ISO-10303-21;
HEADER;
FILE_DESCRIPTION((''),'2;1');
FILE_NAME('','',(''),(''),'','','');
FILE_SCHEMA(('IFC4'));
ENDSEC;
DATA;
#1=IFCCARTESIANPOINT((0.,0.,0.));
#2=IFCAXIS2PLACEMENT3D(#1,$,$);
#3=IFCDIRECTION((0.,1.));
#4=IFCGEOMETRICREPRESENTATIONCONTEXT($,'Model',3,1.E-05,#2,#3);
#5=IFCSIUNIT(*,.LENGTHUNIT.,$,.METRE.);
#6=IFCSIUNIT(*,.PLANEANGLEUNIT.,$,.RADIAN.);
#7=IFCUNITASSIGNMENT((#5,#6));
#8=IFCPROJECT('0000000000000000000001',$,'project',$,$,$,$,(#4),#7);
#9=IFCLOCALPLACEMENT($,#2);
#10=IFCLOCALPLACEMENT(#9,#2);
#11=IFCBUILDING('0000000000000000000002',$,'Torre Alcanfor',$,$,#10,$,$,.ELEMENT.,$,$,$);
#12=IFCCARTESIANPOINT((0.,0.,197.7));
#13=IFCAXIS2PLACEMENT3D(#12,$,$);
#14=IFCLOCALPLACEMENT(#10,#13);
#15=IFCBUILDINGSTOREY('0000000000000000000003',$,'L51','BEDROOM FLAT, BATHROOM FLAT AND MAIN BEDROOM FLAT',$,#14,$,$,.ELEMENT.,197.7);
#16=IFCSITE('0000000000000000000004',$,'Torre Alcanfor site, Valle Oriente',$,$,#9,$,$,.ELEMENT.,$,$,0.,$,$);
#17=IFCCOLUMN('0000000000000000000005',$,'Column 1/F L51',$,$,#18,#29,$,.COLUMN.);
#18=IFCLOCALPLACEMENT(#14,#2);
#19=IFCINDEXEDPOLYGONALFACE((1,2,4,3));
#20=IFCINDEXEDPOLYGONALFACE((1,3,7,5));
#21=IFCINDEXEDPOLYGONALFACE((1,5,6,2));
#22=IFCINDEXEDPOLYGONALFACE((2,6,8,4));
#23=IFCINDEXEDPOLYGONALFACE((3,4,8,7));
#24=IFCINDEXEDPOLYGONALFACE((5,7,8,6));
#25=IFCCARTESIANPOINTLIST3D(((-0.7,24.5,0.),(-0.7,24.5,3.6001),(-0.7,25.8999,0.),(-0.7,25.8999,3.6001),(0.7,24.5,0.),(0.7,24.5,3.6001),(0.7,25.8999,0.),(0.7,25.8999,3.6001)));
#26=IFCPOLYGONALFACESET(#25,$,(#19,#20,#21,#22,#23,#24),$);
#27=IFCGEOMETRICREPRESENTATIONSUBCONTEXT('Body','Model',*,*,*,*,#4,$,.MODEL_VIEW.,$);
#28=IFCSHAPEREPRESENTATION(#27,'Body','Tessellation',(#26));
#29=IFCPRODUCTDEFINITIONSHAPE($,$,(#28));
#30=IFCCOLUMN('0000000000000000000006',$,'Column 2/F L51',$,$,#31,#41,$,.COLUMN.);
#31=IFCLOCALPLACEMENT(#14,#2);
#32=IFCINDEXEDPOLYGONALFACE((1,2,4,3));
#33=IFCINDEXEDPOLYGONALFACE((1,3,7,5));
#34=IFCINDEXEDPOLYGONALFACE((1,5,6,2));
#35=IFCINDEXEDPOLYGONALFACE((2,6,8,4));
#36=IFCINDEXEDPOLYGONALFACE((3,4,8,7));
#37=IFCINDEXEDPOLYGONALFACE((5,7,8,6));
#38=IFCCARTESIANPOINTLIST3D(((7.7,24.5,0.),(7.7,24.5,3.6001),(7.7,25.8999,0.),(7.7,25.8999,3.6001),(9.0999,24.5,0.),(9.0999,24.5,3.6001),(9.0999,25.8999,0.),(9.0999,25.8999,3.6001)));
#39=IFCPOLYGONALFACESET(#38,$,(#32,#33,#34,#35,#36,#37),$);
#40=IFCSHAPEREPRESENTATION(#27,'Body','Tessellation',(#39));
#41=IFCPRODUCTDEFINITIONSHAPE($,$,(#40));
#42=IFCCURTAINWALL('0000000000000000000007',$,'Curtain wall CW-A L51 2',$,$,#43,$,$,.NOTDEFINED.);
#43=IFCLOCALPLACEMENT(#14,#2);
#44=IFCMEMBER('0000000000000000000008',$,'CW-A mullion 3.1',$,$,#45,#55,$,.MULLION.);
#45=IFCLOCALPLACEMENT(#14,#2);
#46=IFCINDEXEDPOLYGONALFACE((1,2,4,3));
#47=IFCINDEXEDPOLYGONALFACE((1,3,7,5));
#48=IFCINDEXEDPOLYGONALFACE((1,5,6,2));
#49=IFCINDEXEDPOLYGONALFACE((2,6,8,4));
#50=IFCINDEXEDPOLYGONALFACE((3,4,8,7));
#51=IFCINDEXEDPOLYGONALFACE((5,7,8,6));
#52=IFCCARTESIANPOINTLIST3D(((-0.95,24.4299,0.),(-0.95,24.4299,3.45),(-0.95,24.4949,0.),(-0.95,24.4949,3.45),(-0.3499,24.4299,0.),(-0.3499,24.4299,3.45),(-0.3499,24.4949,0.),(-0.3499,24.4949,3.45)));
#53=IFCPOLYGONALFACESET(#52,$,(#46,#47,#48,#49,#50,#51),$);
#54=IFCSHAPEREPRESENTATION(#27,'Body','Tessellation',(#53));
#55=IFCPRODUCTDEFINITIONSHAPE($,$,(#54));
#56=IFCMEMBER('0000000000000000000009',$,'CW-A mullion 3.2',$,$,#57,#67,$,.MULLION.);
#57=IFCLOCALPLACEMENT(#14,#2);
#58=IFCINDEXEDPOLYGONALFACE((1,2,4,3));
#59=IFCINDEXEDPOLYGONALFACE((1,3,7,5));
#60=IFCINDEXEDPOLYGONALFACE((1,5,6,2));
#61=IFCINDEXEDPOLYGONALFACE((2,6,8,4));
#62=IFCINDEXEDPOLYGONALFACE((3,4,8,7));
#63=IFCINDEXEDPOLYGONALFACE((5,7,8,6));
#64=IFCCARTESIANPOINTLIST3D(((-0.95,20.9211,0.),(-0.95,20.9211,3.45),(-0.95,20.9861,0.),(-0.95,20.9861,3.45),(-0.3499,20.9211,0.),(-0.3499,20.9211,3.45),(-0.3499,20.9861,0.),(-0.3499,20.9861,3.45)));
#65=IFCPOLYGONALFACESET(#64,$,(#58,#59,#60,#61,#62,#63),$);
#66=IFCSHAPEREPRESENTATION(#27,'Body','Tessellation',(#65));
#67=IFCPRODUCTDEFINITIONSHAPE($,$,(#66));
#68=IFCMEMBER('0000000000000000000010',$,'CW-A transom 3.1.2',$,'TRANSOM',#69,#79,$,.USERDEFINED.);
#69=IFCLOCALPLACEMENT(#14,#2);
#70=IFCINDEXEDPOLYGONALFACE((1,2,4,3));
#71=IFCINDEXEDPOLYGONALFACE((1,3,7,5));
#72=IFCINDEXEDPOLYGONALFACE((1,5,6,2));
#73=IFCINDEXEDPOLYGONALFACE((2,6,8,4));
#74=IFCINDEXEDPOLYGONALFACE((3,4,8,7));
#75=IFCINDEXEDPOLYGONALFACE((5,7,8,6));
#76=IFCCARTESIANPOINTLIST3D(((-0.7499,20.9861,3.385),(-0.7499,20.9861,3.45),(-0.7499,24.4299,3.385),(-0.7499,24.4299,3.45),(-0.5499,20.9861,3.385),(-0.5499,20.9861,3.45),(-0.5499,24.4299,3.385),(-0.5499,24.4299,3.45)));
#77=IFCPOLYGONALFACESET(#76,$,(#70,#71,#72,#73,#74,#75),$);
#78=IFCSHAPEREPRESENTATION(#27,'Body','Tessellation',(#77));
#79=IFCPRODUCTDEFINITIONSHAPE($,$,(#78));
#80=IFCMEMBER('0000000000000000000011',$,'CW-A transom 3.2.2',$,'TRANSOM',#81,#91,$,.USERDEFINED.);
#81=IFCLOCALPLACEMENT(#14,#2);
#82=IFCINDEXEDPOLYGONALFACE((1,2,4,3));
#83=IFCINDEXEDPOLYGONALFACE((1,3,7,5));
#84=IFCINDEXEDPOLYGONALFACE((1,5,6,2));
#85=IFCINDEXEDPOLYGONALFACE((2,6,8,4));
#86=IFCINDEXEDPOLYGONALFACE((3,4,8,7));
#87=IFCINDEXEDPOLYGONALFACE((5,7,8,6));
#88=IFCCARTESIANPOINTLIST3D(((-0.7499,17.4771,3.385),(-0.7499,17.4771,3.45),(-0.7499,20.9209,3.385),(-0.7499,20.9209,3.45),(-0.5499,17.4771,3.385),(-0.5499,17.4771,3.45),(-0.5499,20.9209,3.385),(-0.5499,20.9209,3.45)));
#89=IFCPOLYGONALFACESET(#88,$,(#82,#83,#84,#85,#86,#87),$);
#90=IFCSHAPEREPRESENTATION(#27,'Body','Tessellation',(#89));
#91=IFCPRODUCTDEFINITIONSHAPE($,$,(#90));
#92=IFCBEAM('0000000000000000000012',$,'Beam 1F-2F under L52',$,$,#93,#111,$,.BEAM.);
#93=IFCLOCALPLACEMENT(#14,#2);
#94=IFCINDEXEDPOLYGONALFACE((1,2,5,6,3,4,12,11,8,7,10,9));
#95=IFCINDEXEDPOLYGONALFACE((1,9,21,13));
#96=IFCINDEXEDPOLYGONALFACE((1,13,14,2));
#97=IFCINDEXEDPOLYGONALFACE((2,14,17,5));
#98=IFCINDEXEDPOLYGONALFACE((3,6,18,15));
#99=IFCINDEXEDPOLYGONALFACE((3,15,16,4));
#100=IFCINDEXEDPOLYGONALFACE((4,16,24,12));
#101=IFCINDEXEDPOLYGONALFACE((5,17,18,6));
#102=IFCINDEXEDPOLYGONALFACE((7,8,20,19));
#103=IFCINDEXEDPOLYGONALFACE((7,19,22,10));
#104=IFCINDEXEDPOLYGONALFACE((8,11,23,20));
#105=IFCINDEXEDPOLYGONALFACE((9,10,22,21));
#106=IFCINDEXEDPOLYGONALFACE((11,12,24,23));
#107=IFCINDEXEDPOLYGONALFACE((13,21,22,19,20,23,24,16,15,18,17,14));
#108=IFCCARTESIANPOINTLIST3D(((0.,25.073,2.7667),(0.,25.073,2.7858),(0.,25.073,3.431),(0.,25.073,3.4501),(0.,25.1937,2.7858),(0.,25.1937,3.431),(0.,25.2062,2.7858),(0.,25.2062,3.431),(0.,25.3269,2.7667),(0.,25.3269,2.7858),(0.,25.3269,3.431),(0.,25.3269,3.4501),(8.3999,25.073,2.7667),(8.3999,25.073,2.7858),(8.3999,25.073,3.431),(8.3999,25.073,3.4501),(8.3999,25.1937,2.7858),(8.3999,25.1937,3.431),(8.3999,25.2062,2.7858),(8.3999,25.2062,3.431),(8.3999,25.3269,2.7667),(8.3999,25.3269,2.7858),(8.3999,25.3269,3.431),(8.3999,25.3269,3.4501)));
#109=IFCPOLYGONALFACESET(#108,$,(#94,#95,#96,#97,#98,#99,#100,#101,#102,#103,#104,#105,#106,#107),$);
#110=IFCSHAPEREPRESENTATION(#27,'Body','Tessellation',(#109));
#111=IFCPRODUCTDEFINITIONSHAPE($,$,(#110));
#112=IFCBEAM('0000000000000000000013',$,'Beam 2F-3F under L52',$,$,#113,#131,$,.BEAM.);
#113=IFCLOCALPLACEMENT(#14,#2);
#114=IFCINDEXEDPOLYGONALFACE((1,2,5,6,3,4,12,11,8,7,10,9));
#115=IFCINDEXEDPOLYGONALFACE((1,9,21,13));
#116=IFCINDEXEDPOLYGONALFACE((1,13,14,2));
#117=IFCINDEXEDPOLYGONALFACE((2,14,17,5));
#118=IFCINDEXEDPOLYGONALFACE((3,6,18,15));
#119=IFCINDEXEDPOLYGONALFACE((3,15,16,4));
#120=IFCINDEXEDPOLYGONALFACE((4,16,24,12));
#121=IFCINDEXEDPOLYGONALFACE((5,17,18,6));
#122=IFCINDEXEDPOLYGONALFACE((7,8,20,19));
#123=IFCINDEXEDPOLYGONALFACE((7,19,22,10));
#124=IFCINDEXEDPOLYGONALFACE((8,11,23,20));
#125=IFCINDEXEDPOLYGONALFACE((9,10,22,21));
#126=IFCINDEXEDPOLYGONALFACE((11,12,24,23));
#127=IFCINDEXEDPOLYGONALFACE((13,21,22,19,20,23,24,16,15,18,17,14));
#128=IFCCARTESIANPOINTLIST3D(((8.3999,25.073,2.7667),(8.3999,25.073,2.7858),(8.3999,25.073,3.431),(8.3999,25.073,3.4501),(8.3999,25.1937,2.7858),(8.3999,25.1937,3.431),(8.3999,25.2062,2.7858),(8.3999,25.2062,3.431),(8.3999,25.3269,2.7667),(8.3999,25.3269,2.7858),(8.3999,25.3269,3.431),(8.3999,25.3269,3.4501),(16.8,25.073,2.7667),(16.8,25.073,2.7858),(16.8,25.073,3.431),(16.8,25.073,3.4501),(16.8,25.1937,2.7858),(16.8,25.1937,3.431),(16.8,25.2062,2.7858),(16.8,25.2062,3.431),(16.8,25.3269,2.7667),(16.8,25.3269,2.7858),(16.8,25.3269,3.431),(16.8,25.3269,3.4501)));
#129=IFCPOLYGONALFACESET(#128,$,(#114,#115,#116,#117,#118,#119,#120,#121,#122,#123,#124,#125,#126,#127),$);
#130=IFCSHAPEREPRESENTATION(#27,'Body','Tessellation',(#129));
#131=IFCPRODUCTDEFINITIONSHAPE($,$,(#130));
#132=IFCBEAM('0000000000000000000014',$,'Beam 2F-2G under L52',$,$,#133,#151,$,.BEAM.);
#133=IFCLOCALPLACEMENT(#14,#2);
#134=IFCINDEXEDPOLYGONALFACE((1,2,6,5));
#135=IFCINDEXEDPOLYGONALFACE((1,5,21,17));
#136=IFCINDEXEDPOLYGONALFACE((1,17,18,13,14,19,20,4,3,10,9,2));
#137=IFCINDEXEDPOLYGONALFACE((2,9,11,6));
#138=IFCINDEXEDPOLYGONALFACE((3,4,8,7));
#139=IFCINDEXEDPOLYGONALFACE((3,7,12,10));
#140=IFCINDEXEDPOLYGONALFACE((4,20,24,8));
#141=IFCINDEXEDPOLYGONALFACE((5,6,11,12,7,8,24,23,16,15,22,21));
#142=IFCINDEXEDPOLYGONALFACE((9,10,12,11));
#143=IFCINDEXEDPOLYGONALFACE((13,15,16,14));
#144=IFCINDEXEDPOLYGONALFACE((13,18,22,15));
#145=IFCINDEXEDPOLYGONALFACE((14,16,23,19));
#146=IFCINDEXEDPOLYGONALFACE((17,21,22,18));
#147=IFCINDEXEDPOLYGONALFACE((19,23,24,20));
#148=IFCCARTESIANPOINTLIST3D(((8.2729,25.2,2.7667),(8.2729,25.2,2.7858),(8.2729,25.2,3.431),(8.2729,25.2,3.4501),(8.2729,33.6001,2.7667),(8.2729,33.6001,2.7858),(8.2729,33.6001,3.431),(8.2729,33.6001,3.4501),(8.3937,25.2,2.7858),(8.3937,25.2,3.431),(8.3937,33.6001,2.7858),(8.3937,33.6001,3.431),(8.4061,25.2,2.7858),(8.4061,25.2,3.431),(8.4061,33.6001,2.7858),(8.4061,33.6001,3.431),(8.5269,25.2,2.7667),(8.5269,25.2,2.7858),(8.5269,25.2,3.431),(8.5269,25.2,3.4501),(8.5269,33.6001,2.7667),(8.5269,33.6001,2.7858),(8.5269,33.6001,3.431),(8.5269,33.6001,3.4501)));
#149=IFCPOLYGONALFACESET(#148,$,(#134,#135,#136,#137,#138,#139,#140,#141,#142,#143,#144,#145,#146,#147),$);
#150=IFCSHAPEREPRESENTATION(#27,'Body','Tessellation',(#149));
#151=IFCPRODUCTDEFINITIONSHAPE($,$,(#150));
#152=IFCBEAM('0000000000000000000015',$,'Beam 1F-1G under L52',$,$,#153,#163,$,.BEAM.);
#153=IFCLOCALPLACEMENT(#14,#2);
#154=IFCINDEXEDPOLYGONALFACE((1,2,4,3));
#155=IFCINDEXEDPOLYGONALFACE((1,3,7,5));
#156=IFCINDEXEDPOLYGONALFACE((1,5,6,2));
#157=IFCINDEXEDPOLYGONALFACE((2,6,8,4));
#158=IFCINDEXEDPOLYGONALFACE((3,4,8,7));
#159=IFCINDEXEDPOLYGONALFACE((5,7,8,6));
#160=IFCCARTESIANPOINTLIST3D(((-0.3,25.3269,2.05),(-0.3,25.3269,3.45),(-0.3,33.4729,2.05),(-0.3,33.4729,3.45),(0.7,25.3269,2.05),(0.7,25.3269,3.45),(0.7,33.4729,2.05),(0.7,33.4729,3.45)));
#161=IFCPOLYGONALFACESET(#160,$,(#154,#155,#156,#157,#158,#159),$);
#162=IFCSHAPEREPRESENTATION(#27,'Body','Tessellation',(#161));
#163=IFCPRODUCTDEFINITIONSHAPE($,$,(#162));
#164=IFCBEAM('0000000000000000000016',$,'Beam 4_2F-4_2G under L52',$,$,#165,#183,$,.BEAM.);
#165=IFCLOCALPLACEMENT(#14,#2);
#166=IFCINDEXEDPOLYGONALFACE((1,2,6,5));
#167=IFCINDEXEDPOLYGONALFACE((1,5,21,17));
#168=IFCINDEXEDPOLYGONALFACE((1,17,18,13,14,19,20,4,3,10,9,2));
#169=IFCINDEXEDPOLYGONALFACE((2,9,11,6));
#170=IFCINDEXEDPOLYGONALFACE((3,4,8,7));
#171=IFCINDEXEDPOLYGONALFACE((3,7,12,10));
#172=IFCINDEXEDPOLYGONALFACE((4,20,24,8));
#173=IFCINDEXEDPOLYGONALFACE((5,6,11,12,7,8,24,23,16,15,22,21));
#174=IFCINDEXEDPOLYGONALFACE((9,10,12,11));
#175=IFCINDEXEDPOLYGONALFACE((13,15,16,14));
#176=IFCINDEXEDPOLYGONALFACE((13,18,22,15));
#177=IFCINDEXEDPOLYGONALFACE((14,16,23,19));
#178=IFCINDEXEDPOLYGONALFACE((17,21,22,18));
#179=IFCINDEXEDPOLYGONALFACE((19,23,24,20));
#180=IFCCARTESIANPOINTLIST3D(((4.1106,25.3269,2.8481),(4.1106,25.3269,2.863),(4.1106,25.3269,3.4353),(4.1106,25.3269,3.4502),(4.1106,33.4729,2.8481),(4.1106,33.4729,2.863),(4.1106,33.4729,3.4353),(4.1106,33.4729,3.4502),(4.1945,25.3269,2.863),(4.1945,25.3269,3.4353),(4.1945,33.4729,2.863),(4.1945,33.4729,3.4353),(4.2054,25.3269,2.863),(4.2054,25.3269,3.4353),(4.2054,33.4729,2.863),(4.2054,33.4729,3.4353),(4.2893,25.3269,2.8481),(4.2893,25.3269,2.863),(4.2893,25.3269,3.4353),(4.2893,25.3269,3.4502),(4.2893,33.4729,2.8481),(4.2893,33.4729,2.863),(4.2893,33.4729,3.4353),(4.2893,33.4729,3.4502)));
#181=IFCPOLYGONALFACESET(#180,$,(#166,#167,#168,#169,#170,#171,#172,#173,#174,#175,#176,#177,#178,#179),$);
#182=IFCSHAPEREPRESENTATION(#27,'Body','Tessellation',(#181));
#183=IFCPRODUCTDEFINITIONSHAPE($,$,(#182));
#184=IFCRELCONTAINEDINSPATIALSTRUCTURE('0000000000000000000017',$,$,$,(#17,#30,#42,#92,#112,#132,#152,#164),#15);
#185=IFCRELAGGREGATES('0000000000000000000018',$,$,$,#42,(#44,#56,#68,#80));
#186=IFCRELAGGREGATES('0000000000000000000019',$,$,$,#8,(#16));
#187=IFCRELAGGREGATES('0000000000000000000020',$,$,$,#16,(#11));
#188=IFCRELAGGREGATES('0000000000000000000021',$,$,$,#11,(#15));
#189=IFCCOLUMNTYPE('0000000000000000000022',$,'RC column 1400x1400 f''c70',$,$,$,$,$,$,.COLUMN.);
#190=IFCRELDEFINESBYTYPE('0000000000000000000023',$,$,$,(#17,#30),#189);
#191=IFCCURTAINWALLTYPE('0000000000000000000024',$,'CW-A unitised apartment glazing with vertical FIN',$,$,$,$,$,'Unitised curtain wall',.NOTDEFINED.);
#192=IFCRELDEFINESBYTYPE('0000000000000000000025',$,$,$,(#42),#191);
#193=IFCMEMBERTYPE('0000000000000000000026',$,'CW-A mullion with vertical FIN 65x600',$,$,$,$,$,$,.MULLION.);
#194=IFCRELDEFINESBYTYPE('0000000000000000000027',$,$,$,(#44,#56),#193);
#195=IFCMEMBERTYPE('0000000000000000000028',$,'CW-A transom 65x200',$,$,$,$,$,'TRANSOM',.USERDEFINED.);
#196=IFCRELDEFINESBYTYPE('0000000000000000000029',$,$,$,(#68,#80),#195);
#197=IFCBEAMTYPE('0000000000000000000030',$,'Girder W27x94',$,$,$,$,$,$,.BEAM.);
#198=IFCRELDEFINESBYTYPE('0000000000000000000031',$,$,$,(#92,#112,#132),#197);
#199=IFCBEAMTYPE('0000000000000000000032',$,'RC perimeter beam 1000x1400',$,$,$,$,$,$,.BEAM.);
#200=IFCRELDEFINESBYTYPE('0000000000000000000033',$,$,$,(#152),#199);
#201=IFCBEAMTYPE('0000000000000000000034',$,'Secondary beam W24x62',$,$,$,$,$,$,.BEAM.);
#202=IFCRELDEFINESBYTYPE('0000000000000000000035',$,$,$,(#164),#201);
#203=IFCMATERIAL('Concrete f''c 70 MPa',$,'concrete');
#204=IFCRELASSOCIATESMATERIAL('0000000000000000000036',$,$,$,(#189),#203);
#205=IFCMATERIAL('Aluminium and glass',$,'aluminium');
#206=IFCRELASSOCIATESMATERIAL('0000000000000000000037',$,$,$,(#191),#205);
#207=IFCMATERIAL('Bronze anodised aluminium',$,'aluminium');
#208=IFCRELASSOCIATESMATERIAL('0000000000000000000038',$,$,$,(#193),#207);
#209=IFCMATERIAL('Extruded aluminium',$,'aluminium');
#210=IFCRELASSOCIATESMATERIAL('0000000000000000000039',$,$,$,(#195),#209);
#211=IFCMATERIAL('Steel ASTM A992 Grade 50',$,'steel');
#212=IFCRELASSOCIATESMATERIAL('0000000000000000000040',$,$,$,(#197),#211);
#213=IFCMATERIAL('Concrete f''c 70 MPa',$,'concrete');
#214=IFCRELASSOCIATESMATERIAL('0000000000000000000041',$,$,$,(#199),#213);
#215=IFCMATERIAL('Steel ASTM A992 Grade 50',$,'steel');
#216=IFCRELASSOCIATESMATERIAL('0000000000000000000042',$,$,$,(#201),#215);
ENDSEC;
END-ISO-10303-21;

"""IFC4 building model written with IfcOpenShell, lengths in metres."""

from ifc_helpers import new_model, si_unit, direction, frame, origin, origin_2d, place, context, subcontext, project, spatial, rectangle, i_section, extrude, material, material_profile, profile_set, type_object, element, aggregate, save


model = new_model("IFC4")

# Units and contexts
model_context = context("Model", 3, precision=1e-05, world=origin(), true_north=direction((0.0, 1.0)))
body_context = subcontext(model_context, "Body", "Model", "MODEL_VIEW")
ifc_project = project(units=[si_unit("LENGTHUNIT", "METRE"), si_unit("PLANEANGLEUNIT", "RADIAN")], contexts=[model_context])

# Site, building, storey
site_placement = place(None, origin())
site = spatial("IfcSite", under=ifc_project, at=site_placement, Name="Torre Alcanfor site, Valle Oriente", CompositionType="ELEMENT", RefElevation=0.0)
building_placement = place(site_placement, origin())
building = spatial("IfcBuilding", under=site, at=building_placement, Name="Torre Alcanfor", CompositionType="ELEMENT")
storey_placement = place(building_placement, frame((0.0, 0.0, 197.7)))
storey = spatial("IfcBuildingStorey", under=building, at=storey_placement, Name="L51", Description="BEDROOM FLAT, BATHROOM FLAT AND MAIN BEDROOM FLAT", CompositionType="ELEMENT", Elevation=197.7)

# Columns
ifc_material_1 = material(Name="Concrete f'c 70 MPa", Category="concrete")
ifc_material_profile_1 = material_profile(ifc_material_1, rectangle(XDim=1.3999, YDim=1.3999, at=origin_2d()), Name="1400x1400")
ifc_profile_set_1 = profile_set([ifc_material_profile_1], Name="Concrete f'c 70 MPa")
column_type = type_object("IfcColumnType", Name="RC column 1400x1400 f'c70", PredefinedType="COLUMN", material=ifc_profile_set_1)
for number, where, z_axis, x_axis, name in (
    (1, (0.0, 25.2, 0.0), (0.0, 0.0, 1.0), (1.0, 0.0, 0.0), "Column 1/F L51"),
    (2, (8.3999, 25.2, 0.0), (0.0, 0.0, 1.0), (1.0, 0.0, 0.0), "Column 2/F L51"),
):
    element("IfcColumn", number, at=place(storey_placement, frame(where, z_axis=z_axis, x_axis=x_axis)), inside=storey, type_object=column_type, Name=name, PredefinedType="COLUMN", context=body_context, shape_type="SweptSolid", body=[
        extrude(rectangle(XDim=1.3999, YDim=1.3999, at=origin_2d()), origin(), (0.0, 0.0, 1.0), 3.6001),
    ])

# Curtain wall, members
ifc_material_2 = material(Name="Aluminium and glass", Category="aluminium")
curtain_wall_type = type_object("IfcCurtainWallType", Name="CW-A unitised apartment glazing with vertical FIN", ElementType="Unitised curtain wall", PredefinedType="NOTDEFINED", material=ifc_material_2)
curtain_wall_placement = place(storey_placement, origin())
curtain_wall = element("IfcCurtainWall", 3, at=curtain_wall_placement, inside=storey, type_object=curtain_wall_type, Name="Curtain wall CW-A L51 2", PredefinedType="NOTDEFINED")
ifc_material_3 = material(Name="Bronze anodised aluminium", Category="aluminium")
ifc_material_profile_2 = material_profile(ifc_material_3, rectangle(XDim=0.6001, YDim=0.0649, at=origin_2d()), Name="CW-A mullion 65x600")
ifc_profile_set_2 = profile_set([ifc_material_profile_2], Name="Bronze anodised aluminium")
member_type_1 = type_object("IfcMemberType", Name="CW-A mullion with vertical FIN 65x600", PredefinedType="MULLION", material=ifc_profile_set_2)
member_1_placement = place(storey_placement, frame((-0.6499, 24.4624, 0.0), z_axis=(0.0, 0.0, 1.0), x_axis=(1.0, 0.0, 0.0)))
member_1 = element("IfcMember", 4, at=member_1_placement, type_object=member_type_1, Name="CW-A mullion 3.1", PredefinedType="MULLION", context=body_context, shape_type="SweptSolid", body=[
    extrude(rectangle(XDim=0.6001, YDim=0.0649, at=origin_2d()), origin(), (0.0, 0.0, 1.0), 3.45),
])
member_2_placement = place(storey_placement, frame((-0.6499, 20.9536, 0.0), z_axis=(0.0, 0.0, 1.0), x_axis=(1.0, 0.0, 0.0)))
member_2 = element("IfcMember", 5, at=member_2_placement, type_object=member_type_1, Name="CW-A mullion 3.2", PredefinedType="MULLION", context=body_context, shape_type="SweptSolid", body=[
    extrude(rectangle(XDim=0.6001, YDim=0.0649, at=origin_2d()), origin(), (0.0, 0.0, 1.0), 3.45),
])
ifc_material_4 = material(Name="Extruded aluminium", Category="aluminium")
ifc_material_profile_3 = material_profile(ifc_material_4, rectangle(XDim=0.2, YDim=0.0649, at=origin_2d()), Name="CW-A transom 200x65")
ifc_profile_set_3 = profile_set([ifc_material_profile_3], Name="Extruded aluminium")
member_type_2 = type_object("IfcMemberType", Name="CW-A transom 65x200", ElementType="TRANSOM", PredefinedType="USERDEFINED", material=ifc_profile_set_3)
member_3_placement = place(storey_placement, frame((-0.6499, 24.4299, 3.4175), z_axis=(0.0, -1.0, 0.0), x_axis=(1.0, 0.0, 0.0)))
member_3 = element("IfcMember", 6, at=member_3_placement, type_object=member_type_2, Name="CW-A transom 3.1.2", ObjectType="TRANSOM", PredefinedType="USERDEFINED", context=body_context, shape_type="SweptSolid", body=[
    extrude(rectangle(XDim=0.2, YDim=0.0649, at=origin_2d()), origin(), (0.0, 0.0, 1.0), 3.4438),
])
member_4_placement = place(storey_placement, frame((-0.6499, 20.9209, 3.4175), z_axis=(0.0, -1.0, 0.0), x_axis=(1.0, 0.0, 0.0)))
member_4 = element("IfcMember", 7, at=member_4_placement, type_object=member_type_2, Name="CW-A transom 3.2.2", ObjectType="TRANSOM", PredefinedType="USERDEFINED", context=body_context, shape_type="SweptSolid", body=[
    extrude(rectangle(XDim=0.2, YDim=0.0649, at=origin_2d()), origin(), (0.0, 0.0, 1.0), 3.4438),
])

# Beams
ifc_material_5 = material(Name="Steel ASTM A992 Grade 50", Category="steel")
ifc_material_profile_4 = material_profile(ifc_material_5, i_section(OverallWidth=0.2539, OverallDepth=0.6833, WebThickness=0.0125, FlangeThickness=0.019, at=origin_2d()), Name="W27x94")
ifc_profile_set_4 = profile_set([ifc_material_profile_4], Name="Steel ASTM A992 Grade 50")
beam_type_1 = type_object("IfcBeamType", Name="Girder W27x94", PredefinedType="BEAM", material=ifc_profile_set_4)
beam_1_placement = place(storey_placement, frame((0.0, 25.2, 3.1084), z_axis=(1.0, 0.0, 0.0), x_axis=(0.0, 1.0, 0.0)))
element("IfcBeam", 8, at=beam_1_placement, inside=storey, type_object=beam_type_1, Name="Beam 1F-2F under L52", PredefinedType="BEAM", context=body_context, shape_type="SweptSolid", body=[
    extrude(i_section(OverallWidth=0.2539, OverallDepth=0.6833, WebThickness=0.0125, FlangeThickness=0.019, at=origin_2d()), origin(), (0.0, 0.0, 1.0), 8.3999),
])
for number, where, z_axis, x_axis, name in (
    (9, (8.3999, 25.2, 3.1084), (1.0, 0.0, 0.0), (0.0, 1.0, 0.0), "Beam 2F-3F under L52"),
    (10, (8.3999, 25.2, 3.1084), (0.0, 1.0, 0.0), (-1.0, 0.0, 0.0), "Beam 2F-2G under L52"),
):
    element("IfcBeam", number, at=place(storey_placement, frame(where, z_axis=z_axis, x_axis=x_axis)), inside=storey, type_object=beam_type_1, Name=name, PredefinedType="BEAM", context=body_context, shape_type="SweptSolid", body=[
        extrude(i_section(OverallWidth=0.2539, OverallDepth=0.6833, WebThickness=0.0125, FlangeThickness=0.019, at=origin_2d()), origin(), (0.0, 0.0, 1.0), 8.4001),
    ])
ifc_material_6 = material(Name="Concrete f'c 70 MPa", Category="concrete")
ifc_material_profile_5 = material_profile(ifc_material_6, rectangle(XDim=1.0, YDim=1.3999, at=origin_2d()), Name="1000x1400")
ifc_profile_set_5 = profile_set([ifc_material_profile_5], Name="Concrete f'c 70 MPa")
beam_type_2 = type_object("IfcBeamType", Name="RC perimeter beam 1000x1400", PredefinedType="BEAM", material=ifc_profile_set_5)
beam_2_placement = place(storey_placement, frame((0.2, 25.3269, 2.75), z_axis=(0.0, 1.0, 0.0), x_axis=(-1.0, 0.0, 0.0)))
element("IfcBeam", 11, at=beam_2_placement, inside=storey, type_object=beam_type_2, Name="Beam 1F-1G under L52", PredefinedType="BEAM", context=body_context, shape_type="SweptSolid", body=[
    extrude(rectangle(XDim=1.0, YDim=1.3999, at=origin_2d()), origin(), (0.0, 0.0, 1.0), 8.146),
])
ifc_material_7 = material(Name="Steel ASTM A992 Grade 50", Category="steel")
ifc_material_profile_6 = material_profile(ifc_material_7, i_section(OverallWidth=0.1787, OverallDepth=0.6021, WebThickness=0.011, FlangeThickness=0.0149, at=origin_2d()), Name="W24x62")
ifc_profile_set_6 = profile_set([ifc_material_profile_6], Name="Steel ASTM A992 Grade 50")
beam_type_3 = type_object("IfcBeamType", Name="Secondary beam W24x62", PredefinedType="BEAM", material=ifc_profile_set_6)
beam_3_placement = place(storey_placement, frame((4.2, 25.3269, 3.1492), z_axis=(0.0, 1.0, 0.0), x_axis=(-1.0, 0.0, 0.0)))
element("IfcBeam", 12, at=beam_3_placement, inside=storey, type_object=beam_type_3, Name="Beam 4_2F-4_2G under L52", PredefinedType="BEAM", context=body_context, shape_type="SweptSolid", body=[
    extrude(i_section(OverallWidth=0.1787, OverallDepth=0.6021, WebThickness=0.011, FlangeThickness=0.0149, at=origin_2d()), origin(), (0.0, 0.0, 1.0), 8.146),
])

aggregate(curtain_wall, [member_1, member_2, member_3, member_4])

save(model, "model.ifc")
